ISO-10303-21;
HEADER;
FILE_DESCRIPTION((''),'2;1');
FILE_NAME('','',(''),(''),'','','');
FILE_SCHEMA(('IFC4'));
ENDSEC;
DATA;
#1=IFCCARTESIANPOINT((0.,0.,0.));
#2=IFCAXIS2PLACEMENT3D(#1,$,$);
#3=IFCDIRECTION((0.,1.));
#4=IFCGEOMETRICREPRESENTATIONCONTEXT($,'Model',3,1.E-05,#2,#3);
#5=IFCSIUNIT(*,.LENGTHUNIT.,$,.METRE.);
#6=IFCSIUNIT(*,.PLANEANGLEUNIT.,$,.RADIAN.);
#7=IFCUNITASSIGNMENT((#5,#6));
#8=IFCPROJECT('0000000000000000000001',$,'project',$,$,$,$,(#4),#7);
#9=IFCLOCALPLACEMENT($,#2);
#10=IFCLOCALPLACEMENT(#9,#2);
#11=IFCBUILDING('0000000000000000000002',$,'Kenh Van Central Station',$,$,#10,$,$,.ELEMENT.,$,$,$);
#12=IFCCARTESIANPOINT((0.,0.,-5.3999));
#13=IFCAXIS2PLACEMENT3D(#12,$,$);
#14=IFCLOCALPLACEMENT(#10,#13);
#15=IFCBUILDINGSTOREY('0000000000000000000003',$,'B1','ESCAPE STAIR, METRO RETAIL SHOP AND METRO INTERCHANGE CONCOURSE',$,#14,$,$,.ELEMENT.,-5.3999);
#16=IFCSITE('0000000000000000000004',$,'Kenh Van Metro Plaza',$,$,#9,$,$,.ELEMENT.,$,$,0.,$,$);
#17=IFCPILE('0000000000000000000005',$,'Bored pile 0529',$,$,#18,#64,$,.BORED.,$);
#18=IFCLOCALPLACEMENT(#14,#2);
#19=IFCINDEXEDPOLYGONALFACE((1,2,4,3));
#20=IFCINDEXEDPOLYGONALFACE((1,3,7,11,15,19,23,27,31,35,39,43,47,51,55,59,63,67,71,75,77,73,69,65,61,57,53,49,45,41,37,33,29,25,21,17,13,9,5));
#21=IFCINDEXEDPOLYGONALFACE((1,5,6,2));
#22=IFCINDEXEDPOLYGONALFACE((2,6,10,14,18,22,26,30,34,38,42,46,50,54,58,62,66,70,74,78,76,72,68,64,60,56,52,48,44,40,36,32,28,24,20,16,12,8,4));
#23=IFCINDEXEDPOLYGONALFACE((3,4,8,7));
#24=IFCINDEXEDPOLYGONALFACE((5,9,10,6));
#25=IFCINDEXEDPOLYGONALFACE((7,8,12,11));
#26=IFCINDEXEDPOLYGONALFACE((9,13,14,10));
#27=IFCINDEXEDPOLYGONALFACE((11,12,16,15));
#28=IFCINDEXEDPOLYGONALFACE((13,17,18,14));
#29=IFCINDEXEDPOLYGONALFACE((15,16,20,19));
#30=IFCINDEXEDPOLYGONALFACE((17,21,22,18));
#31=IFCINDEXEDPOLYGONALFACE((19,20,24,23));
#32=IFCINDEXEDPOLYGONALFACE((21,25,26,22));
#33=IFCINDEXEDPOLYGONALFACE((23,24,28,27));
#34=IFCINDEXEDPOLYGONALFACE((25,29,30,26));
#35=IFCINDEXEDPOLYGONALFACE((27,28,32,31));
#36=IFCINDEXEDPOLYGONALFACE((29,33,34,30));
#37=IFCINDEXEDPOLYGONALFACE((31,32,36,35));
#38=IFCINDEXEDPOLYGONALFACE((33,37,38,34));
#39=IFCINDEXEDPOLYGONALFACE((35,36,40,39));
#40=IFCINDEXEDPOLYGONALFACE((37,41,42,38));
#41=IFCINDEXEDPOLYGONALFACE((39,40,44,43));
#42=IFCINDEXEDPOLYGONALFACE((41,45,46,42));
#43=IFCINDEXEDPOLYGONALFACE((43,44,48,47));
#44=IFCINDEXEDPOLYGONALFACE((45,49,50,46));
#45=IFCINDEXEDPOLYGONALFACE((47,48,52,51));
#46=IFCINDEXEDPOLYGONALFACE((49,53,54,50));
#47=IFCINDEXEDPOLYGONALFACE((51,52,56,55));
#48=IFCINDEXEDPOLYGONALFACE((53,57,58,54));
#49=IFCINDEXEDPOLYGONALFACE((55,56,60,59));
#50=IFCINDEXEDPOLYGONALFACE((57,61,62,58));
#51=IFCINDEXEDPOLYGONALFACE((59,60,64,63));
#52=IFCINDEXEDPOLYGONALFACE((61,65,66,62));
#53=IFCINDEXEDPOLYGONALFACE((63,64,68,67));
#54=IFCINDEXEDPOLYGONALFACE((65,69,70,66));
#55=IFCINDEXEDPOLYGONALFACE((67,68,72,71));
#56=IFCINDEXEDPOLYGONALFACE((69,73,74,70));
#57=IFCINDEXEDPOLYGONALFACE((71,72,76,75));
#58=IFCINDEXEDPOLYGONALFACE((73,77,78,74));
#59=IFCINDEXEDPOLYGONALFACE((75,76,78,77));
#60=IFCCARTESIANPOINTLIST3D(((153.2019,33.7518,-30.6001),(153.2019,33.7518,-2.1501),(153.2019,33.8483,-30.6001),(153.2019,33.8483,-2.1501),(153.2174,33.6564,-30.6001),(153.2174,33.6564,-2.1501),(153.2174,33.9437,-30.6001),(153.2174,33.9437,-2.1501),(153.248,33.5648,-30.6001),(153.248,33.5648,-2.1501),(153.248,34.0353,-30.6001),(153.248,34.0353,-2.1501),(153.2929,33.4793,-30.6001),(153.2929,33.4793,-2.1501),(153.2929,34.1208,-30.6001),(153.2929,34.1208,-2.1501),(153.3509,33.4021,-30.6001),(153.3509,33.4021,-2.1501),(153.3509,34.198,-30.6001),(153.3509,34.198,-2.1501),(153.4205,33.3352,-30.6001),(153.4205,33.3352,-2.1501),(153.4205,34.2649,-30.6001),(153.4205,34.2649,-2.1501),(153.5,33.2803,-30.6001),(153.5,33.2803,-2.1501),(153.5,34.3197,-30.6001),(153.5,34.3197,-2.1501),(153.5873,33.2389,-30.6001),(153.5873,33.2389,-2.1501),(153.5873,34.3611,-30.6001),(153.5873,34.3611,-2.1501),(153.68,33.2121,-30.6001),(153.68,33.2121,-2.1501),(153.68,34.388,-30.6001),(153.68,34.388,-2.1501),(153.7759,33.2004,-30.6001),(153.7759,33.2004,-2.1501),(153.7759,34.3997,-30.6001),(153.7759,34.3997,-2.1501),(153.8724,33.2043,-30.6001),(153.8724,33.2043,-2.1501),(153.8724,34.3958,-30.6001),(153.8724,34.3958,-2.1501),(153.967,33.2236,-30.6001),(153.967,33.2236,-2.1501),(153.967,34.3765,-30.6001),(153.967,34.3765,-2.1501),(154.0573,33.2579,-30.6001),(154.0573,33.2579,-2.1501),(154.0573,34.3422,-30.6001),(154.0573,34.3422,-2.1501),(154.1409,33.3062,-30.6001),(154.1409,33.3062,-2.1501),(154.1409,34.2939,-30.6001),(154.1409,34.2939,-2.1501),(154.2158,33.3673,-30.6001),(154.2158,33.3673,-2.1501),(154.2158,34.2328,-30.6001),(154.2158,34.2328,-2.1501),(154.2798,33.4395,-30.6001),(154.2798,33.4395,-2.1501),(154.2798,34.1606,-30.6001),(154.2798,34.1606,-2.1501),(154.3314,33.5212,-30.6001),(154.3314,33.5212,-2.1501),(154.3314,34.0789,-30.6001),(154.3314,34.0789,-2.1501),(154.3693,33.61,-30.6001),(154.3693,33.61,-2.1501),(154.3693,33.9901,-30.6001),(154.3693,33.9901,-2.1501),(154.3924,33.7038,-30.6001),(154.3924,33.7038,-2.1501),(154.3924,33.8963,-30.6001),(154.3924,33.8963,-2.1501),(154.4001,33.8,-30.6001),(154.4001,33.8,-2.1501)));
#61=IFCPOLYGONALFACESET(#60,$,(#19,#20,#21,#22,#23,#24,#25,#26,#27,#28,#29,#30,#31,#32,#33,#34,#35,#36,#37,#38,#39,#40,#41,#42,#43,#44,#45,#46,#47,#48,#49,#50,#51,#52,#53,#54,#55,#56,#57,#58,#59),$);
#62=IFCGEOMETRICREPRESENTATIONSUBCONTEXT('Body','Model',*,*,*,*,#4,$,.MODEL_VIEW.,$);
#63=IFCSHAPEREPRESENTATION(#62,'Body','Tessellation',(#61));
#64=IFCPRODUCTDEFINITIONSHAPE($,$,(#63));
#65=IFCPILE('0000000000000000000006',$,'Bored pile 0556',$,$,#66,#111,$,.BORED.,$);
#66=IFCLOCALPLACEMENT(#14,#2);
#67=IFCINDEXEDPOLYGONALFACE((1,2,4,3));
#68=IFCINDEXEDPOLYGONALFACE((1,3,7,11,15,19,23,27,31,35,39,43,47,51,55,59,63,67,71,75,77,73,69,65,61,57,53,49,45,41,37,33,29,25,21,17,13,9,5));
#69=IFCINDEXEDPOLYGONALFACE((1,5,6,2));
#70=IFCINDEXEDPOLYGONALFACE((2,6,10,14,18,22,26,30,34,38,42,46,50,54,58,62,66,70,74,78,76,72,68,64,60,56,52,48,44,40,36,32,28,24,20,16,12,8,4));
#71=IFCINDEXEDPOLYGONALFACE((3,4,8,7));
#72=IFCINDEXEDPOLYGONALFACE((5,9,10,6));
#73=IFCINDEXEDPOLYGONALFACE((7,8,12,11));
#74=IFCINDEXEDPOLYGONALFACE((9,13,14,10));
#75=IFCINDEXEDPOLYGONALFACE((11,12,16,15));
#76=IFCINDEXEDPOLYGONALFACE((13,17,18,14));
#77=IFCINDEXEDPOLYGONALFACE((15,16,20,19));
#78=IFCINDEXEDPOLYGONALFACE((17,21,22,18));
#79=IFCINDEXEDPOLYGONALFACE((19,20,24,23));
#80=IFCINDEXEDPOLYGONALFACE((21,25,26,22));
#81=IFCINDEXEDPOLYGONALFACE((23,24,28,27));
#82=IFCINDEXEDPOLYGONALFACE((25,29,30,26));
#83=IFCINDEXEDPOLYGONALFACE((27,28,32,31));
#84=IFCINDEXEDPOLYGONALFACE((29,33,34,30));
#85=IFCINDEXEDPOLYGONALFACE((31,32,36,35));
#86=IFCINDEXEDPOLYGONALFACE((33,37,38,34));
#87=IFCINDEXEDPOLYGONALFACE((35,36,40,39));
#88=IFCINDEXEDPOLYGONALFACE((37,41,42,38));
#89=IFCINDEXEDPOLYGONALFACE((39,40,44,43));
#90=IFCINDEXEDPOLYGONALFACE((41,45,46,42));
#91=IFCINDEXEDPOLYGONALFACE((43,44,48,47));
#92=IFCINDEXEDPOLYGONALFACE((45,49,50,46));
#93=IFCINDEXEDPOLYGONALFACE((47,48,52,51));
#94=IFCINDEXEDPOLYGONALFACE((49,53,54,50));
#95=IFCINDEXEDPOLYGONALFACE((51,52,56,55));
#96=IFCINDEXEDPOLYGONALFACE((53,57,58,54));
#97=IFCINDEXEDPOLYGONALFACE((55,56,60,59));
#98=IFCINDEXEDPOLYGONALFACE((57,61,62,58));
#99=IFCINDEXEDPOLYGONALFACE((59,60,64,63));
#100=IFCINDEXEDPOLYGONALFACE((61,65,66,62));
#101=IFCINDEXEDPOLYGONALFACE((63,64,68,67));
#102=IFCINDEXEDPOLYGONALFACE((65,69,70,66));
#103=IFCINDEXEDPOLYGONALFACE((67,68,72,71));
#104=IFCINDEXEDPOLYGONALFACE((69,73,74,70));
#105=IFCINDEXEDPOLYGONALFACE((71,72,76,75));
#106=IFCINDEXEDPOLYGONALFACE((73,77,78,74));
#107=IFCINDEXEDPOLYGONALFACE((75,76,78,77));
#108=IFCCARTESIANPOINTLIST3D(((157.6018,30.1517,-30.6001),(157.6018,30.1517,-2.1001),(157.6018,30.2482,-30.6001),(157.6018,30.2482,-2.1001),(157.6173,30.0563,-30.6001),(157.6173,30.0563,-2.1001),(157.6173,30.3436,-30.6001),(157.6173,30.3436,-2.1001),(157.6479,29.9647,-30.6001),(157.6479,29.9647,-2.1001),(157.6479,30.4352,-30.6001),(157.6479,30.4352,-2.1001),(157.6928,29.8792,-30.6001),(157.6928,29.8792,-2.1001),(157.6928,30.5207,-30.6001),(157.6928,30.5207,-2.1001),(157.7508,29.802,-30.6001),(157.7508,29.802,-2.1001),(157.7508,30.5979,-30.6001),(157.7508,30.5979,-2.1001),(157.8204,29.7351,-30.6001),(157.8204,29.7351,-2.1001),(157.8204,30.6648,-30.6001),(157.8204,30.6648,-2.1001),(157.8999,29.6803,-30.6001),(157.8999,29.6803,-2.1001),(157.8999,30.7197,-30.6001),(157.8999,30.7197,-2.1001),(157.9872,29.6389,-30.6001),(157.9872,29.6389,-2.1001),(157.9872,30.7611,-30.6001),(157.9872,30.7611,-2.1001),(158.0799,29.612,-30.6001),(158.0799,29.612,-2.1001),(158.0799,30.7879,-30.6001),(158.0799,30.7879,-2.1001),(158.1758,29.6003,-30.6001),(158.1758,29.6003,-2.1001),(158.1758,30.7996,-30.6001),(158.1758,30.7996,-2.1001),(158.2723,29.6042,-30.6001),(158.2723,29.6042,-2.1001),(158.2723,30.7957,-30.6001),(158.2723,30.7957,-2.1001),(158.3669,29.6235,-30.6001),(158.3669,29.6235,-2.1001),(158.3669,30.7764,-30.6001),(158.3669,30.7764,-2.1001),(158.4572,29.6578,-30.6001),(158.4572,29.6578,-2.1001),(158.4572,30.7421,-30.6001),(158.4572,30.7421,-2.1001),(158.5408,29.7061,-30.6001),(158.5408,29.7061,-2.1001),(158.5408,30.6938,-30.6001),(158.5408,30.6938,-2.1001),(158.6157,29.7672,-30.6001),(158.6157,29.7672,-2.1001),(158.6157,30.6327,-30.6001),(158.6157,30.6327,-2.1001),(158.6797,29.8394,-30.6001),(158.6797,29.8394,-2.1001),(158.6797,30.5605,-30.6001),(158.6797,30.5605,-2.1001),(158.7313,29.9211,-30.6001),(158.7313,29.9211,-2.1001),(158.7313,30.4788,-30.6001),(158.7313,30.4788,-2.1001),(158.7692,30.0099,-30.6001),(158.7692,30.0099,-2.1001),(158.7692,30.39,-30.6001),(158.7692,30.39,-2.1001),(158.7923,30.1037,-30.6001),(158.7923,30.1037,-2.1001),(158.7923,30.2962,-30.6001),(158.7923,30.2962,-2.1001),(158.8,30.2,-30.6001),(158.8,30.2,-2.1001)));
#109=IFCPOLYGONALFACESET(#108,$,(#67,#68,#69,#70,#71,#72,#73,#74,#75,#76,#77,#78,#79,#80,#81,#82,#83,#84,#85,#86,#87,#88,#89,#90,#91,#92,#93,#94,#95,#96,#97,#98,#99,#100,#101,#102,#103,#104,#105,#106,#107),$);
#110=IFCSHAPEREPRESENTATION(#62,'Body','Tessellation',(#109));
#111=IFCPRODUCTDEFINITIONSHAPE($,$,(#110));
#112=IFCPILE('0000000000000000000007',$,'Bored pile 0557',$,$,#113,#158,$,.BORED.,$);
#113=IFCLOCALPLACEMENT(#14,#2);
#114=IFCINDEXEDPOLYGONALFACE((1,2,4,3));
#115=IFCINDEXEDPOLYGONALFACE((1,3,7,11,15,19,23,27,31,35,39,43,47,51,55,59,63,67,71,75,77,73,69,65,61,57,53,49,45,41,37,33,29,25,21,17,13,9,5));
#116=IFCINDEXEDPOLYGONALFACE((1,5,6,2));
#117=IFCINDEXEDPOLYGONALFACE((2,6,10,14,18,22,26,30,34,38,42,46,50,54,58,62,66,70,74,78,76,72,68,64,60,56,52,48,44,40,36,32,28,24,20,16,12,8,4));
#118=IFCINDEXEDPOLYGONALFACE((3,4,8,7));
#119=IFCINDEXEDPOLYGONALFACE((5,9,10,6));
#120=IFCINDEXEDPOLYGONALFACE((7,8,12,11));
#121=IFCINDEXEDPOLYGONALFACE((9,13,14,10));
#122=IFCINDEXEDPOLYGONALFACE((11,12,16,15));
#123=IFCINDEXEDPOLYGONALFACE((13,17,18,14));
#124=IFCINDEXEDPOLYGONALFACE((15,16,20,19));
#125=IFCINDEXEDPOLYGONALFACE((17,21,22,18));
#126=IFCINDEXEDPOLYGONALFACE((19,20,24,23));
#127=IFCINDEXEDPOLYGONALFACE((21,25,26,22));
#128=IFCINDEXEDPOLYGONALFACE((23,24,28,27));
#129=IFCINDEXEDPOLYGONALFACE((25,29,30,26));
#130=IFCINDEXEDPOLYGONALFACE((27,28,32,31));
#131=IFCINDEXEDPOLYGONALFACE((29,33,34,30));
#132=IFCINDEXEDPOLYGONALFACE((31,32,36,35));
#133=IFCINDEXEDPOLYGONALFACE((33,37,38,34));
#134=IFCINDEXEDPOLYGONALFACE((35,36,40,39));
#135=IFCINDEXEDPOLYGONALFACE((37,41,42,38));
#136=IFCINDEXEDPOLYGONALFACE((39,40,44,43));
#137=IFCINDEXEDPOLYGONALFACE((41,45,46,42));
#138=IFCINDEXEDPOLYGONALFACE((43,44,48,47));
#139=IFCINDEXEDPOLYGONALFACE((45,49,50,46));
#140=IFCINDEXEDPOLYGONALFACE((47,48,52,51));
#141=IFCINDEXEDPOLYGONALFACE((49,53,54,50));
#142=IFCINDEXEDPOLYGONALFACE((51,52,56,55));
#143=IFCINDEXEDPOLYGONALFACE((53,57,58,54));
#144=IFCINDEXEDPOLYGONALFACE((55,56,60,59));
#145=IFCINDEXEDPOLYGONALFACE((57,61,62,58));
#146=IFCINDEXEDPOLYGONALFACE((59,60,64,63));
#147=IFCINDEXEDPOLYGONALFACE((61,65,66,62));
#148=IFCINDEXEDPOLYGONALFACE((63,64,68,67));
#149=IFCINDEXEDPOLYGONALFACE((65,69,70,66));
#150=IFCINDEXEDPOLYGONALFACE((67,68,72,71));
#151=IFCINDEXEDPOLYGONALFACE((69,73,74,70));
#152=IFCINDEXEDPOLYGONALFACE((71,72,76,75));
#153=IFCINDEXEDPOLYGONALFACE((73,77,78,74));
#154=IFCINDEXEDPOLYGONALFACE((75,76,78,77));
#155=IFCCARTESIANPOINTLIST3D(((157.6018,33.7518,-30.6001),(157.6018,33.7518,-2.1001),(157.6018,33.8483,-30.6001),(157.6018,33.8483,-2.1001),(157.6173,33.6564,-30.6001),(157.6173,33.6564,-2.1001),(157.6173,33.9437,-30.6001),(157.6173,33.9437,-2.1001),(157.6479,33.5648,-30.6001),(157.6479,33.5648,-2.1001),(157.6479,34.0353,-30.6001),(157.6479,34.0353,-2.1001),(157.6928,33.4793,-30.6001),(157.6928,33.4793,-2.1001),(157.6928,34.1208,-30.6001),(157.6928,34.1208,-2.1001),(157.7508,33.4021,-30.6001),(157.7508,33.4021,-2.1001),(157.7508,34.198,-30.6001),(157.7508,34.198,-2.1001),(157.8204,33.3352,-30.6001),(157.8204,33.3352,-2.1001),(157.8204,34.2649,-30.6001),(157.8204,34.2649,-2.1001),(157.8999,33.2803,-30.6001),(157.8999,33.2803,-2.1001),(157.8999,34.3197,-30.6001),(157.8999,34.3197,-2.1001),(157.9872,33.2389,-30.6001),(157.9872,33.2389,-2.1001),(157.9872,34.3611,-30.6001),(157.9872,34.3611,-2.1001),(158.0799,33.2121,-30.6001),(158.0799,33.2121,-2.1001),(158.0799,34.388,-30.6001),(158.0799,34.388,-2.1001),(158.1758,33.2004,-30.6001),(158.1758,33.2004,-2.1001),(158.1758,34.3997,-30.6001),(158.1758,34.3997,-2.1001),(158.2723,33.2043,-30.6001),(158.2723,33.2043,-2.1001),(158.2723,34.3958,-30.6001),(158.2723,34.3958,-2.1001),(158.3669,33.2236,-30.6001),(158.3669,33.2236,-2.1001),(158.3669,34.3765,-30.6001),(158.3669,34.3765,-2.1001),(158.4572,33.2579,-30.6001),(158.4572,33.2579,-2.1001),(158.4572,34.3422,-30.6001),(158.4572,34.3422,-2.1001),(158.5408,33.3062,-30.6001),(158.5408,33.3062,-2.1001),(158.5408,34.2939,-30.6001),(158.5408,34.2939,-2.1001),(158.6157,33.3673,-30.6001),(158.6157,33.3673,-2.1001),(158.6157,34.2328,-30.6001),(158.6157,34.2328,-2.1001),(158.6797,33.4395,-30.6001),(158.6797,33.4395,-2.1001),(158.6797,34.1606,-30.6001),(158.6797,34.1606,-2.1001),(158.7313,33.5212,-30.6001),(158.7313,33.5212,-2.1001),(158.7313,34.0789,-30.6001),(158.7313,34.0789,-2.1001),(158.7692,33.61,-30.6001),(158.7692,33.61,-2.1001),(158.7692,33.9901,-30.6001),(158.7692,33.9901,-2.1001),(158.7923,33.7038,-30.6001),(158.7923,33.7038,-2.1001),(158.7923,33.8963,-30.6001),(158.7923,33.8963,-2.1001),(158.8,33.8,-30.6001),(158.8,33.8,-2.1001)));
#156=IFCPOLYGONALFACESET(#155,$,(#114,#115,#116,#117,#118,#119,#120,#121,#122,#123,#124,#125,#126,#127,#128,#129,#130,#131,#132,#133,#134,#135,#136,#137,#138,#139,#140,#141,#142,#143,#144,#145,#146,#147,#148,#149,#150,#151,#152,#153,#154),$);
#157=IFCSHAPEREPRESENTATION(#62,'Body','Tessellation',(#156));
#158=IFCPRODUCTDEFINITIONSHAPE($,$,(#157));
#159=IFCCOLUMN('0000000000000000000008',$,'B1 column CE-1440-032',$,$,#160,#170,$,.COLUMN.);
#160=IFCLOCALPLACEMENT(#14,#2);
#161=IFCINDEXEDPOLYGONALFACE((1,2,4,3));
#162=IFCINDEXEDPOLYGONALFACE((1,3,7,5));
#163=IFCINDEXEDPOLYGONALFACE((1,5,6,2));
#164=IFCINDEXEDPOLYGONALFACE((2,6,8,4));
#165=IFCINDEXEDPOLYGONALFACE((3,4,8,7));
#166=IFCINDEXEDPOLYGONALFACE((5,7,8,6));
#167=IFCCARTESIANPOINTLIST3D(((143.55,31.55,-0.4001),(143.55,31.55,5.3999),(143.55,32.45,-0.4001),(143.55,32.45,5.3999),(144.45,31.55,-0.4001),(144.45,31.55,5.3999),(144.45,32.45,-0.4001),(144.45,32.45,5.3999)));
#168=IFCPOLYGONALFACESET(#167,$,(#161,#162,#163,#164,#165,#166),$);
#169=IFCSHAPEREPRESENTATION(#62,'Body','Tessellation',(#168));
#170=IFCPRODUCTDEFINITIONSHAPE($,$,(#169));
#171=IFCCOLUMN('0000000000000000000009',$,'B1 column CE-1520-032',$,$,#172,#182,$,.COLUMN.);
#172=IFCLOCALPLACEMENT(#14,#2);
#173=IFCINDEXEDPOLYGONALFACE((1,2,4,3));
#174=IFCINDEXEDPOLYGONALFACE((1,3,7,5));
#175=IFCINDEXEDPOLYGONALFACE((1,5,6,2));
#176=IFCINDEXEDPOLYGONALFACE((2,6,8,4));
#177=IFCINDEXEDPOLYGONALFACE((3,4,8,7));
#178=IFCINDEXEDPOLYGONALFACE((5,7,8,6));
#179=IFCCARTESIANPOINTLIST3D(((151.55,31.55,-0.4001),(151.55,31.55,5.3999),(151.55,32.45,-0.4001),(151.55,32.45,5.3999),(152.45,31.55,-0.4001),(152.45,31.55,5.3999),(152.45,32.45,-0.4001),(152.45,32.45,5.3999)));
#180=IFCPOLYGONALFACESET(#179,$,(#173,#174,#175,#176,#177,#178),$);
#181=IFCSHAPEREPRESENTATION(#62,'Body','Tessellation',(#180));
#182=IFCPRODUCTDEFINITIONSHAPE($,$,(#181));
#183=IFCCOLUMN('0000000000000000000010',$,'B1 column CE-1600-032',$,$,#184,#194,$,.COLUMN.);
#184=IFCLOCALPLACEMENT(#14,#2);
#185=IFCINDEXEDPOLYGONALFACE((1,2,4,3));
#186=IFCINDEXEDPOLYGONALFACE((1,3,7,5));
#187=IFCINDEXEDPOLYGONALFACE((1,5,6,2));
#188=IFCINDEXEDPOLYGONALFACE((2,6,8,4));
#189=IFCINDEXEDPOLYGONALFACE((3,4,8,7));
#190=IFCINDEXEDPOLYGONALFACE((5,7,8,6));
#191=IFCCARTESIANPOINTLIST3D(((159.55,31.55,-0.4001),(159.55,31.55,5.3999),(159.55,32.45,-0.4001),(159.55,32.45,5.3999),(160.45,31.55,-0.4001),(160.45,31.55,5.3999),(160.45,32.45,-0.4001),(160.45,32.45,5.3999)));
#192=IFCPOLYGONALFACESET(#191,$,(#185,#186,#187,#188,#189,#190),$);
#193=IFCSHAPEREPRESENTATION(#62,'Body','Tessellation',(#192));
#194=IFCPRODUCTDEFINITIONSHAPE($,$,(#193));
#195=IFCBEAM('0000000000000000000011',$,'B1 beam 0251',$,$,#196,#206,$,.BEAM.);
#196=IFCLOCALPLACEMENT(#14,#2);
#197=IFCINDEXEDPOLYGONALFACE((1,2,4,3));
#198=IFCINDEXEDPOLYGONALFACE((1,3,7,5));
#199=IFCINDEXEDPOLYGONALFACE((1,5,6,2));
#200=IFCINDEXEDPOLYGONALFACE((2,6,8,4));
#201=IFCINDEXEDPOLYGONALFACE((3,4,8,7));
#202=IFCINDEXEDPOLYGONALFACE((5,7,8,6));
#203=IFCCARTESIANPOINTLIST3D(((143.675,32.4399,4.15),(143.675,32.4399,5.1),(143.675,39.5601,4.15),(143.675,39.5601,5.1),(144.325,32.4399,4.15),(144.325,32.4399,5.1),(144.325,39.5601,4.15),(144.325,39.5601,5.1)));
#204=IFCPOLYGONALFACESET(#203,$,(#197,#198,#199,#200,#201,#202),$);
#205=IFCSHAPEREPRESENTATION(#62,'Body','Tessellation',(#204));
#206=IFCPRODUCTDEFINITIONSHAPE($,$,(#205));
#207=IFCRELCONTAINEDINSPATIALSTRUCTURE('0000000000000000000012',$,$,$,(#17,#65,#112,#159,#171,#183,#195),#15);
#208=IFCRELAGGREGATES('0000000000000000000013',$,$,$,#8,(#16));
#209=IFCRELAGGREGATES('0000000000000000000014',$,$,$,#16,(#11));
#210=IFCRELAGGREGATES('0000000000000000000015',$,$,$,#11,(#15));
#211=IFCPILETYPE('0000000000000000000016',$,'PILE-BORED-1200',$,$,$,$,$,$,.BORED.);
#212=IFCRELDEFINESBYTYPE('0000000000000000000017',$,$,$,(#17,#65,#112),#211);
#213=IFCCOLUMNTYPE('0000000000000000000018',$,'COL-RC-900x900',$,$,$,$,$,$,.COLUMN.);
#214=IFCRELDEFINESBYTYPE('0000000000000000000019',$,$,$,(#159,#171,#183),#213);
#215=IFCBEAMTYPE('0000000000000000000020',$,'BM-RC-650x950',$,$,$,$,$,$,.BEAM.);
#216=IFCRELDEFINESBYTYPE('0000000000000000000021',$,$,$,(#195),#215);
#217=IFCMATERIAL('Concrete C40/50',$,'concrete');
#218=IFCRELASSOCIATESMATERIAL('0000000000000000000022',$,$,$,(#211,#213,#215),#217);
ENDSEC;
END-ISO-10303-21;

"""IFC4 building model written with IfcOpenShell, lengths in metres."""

from ifc_helpers import new_model, si_unit, direction, frame, origin, origin_2d, place, context, subcontext, project, spatial, rectangle, circle, extrude, material, material_profile, profile_set, type_object, element, save


model = new_model("IFC4")

# Units and contexts
model_context = context("Model", 3, precision=1e-05, world=origin(), true_north=direction((0.0, 1.0)))
body_context = subcontext(model_context, "Body", "Model", "MODEL_VIEW")
ifc_project = project(units=[si_unit("LENGTHUNIT", "METRE"), si_unit("PLANEANGLEUNIT", "RADIAN")], contexts=[model_context])

# Site, building, storey
site_placement = place(None, origin())
site = spatial("IfcSite", under=ifc_project, at=site_placement, Name="Kenh Van Metro Plaza", CompositionType="ELEMENT", RefElevation=0.0)
building_placement = place(site_placement, origin())
building = spatial("IfcBuilding", under=site, at=building_placement, Name="Kenh Van Central Station", CompositionType="ELEMENT")
storey_placement = place(building_placement, frame((0.0, 0.0, -5.3999)))
storey = spatial("IfcBuildingStorey", under=building, at=storey_placement, Name="B1", Description="ESCAPE STAIR, METRO RETAIL SHOP AND METRO INTERCHANGE CONCOURSE", CompositionType="ELEMENT", Elevation=-5.3999)

# Shared definitions
ifc_material_1 = material(Name="Concrete C40/50", Category="concrete")

# Piles
ifc_material_profile_1 = material_profile(ifc_material_1, circle(Radius=0.6001, at=origin_2d()), Name="PILE D1200")
ifc_profile_set_1 = profile_set([ifc_material_profile_1], Name="Concrete C40/50")
pile_type = type_object("IfcPileType", Name="PILE-BORED-1200", PredefinedType="BORED", material=ifc_profile_set_1)
for number, where, z_axis, x_axis, name in (
    (1, (153.8, 33.8, -2.1501), (0.0, 0.0, -1.0), (1.0, 0.0, 0.0), "Bored pile 0529"),
):
    element("IfcPile", number, at=place(storey_placement, frame(where, z_axis=z_axis, x_axis=x_axis)), inside=storey, type_object=pile_type, Name=name, PredefinedType="BORED", context=body_context, shape_type="SweptSolid", body=[
        extrude(circle(Radius=0.6001, at=origin_2d()), origin(), (0.0, 0.0, 1.0), 28.45),
    ])
for number, where, z_axis, x_axis, name in (
    (2, (158.2, 30.2, -2.1001), (0.0, 0.0, -1.0), (1.0, 0.0, 0.0), "Bored pile 0556"),
    (3, (158.2, 33.8, -2.1001), (0.0, 0.0, -1.0), (1.0, 0.0, 0.0), "Bored pile 0557"),
):
    element("IfcPile", number, at=place(storey_placement, frame(where, z_axis=z_axis, x_axis=x_axis)), inside=storey, type_object=pile_type, Name=name, PredefinedType="BORED", context=body_context, shape_type="SweptSolid", body=[
        extrude(circle(Radius=0.6001, at=origin_2d()), origin(), (0.0, 0.0, 1.0), 28.5),
    ])

# Columns
ifc_material_profile_2 = material_profile(ifc_material_1, rectangle(XDim=0.8999, YDim=0.8999, at=origin_2d()), Name="RC 900x900")
ifc_profile_set_2 = profile_set([ifc_material_profile_2], Name="Concrete C40/50")
column_type = type_object("IfcColumnType", Name="COL-RC-900x900", PredefinedType="COLUMN", material=ifc_profile_set_2)
for number, where, z_axis, x_axis, name in (
    (4, (144.0, 32.0, -0.4001), (0.0, 0.0, 1.0), (1.0, 0.0, 0.0), "B1 column CE-1440-032"),
    (5, (152.0, 32.0, -0.4001), (0.0, 0.0, 1.0), (1.0, 0.0, 0.0), "B1 column CE-1520-032"),
    (6, (160.0, 32.0, -0.4001), (0.0, 0.0, 1.0), (1.0, 0.0, 0.0), "B1 column CE-1600-032"),
):
    element("IfcColumn", number, at=place(storey_placement, frame(where, z_axis=z_axis, x_axis=x_axis)), inside=storey, type_object=column_type, Name=name, PredefinedType="COLUMN", context=body_context, shape_type="SweptSolid", body=[
        extrude(rectangle(XDim=0.8999, YDim=0.8999, at=origin_2d()), origin(), (0.0, 0.0, 1.0), 5.8),
    ])

# Beam
ifc_material_profile_3 = material_profile(ifc_material_1, rectangle(XDim=0.6499, YDim=0.95, at=origin_2d()), Name="RC 650x950")
ifc_profile_set_3 = profile_set([ifc_material_profile_3], Name="Concrete C40/50")
beam_type = type_object("IfcBeamType", Name="BM-RC-650x950", PredefinedType="BEAM", material=ifc_profile_set_3)
for number, where, z_axis, x_axis, name in (
    (7, (144.0, 32.4399, 4.625), (0.0, 1.0, 0.0), (-1.0, 0.0, 0.0), "B1 beam 0251"),
):
    element("IfcBeam", number, at=place(storey_placement, frame(where, z_axis=z_axis, x_axis=x_axis)), inside=storey, type_object=beam_type, Name=name, PredefinedType="BEAM", context=body_context, shape_type="SweptSolid", body=[
        extrude(rectangle(XDim=0.6499, YDim=0.95, at=origin_2d()), origin(), (0.0, 0.0, 1.0), 7.1201),
    ])

save(model, "model.ifc")
